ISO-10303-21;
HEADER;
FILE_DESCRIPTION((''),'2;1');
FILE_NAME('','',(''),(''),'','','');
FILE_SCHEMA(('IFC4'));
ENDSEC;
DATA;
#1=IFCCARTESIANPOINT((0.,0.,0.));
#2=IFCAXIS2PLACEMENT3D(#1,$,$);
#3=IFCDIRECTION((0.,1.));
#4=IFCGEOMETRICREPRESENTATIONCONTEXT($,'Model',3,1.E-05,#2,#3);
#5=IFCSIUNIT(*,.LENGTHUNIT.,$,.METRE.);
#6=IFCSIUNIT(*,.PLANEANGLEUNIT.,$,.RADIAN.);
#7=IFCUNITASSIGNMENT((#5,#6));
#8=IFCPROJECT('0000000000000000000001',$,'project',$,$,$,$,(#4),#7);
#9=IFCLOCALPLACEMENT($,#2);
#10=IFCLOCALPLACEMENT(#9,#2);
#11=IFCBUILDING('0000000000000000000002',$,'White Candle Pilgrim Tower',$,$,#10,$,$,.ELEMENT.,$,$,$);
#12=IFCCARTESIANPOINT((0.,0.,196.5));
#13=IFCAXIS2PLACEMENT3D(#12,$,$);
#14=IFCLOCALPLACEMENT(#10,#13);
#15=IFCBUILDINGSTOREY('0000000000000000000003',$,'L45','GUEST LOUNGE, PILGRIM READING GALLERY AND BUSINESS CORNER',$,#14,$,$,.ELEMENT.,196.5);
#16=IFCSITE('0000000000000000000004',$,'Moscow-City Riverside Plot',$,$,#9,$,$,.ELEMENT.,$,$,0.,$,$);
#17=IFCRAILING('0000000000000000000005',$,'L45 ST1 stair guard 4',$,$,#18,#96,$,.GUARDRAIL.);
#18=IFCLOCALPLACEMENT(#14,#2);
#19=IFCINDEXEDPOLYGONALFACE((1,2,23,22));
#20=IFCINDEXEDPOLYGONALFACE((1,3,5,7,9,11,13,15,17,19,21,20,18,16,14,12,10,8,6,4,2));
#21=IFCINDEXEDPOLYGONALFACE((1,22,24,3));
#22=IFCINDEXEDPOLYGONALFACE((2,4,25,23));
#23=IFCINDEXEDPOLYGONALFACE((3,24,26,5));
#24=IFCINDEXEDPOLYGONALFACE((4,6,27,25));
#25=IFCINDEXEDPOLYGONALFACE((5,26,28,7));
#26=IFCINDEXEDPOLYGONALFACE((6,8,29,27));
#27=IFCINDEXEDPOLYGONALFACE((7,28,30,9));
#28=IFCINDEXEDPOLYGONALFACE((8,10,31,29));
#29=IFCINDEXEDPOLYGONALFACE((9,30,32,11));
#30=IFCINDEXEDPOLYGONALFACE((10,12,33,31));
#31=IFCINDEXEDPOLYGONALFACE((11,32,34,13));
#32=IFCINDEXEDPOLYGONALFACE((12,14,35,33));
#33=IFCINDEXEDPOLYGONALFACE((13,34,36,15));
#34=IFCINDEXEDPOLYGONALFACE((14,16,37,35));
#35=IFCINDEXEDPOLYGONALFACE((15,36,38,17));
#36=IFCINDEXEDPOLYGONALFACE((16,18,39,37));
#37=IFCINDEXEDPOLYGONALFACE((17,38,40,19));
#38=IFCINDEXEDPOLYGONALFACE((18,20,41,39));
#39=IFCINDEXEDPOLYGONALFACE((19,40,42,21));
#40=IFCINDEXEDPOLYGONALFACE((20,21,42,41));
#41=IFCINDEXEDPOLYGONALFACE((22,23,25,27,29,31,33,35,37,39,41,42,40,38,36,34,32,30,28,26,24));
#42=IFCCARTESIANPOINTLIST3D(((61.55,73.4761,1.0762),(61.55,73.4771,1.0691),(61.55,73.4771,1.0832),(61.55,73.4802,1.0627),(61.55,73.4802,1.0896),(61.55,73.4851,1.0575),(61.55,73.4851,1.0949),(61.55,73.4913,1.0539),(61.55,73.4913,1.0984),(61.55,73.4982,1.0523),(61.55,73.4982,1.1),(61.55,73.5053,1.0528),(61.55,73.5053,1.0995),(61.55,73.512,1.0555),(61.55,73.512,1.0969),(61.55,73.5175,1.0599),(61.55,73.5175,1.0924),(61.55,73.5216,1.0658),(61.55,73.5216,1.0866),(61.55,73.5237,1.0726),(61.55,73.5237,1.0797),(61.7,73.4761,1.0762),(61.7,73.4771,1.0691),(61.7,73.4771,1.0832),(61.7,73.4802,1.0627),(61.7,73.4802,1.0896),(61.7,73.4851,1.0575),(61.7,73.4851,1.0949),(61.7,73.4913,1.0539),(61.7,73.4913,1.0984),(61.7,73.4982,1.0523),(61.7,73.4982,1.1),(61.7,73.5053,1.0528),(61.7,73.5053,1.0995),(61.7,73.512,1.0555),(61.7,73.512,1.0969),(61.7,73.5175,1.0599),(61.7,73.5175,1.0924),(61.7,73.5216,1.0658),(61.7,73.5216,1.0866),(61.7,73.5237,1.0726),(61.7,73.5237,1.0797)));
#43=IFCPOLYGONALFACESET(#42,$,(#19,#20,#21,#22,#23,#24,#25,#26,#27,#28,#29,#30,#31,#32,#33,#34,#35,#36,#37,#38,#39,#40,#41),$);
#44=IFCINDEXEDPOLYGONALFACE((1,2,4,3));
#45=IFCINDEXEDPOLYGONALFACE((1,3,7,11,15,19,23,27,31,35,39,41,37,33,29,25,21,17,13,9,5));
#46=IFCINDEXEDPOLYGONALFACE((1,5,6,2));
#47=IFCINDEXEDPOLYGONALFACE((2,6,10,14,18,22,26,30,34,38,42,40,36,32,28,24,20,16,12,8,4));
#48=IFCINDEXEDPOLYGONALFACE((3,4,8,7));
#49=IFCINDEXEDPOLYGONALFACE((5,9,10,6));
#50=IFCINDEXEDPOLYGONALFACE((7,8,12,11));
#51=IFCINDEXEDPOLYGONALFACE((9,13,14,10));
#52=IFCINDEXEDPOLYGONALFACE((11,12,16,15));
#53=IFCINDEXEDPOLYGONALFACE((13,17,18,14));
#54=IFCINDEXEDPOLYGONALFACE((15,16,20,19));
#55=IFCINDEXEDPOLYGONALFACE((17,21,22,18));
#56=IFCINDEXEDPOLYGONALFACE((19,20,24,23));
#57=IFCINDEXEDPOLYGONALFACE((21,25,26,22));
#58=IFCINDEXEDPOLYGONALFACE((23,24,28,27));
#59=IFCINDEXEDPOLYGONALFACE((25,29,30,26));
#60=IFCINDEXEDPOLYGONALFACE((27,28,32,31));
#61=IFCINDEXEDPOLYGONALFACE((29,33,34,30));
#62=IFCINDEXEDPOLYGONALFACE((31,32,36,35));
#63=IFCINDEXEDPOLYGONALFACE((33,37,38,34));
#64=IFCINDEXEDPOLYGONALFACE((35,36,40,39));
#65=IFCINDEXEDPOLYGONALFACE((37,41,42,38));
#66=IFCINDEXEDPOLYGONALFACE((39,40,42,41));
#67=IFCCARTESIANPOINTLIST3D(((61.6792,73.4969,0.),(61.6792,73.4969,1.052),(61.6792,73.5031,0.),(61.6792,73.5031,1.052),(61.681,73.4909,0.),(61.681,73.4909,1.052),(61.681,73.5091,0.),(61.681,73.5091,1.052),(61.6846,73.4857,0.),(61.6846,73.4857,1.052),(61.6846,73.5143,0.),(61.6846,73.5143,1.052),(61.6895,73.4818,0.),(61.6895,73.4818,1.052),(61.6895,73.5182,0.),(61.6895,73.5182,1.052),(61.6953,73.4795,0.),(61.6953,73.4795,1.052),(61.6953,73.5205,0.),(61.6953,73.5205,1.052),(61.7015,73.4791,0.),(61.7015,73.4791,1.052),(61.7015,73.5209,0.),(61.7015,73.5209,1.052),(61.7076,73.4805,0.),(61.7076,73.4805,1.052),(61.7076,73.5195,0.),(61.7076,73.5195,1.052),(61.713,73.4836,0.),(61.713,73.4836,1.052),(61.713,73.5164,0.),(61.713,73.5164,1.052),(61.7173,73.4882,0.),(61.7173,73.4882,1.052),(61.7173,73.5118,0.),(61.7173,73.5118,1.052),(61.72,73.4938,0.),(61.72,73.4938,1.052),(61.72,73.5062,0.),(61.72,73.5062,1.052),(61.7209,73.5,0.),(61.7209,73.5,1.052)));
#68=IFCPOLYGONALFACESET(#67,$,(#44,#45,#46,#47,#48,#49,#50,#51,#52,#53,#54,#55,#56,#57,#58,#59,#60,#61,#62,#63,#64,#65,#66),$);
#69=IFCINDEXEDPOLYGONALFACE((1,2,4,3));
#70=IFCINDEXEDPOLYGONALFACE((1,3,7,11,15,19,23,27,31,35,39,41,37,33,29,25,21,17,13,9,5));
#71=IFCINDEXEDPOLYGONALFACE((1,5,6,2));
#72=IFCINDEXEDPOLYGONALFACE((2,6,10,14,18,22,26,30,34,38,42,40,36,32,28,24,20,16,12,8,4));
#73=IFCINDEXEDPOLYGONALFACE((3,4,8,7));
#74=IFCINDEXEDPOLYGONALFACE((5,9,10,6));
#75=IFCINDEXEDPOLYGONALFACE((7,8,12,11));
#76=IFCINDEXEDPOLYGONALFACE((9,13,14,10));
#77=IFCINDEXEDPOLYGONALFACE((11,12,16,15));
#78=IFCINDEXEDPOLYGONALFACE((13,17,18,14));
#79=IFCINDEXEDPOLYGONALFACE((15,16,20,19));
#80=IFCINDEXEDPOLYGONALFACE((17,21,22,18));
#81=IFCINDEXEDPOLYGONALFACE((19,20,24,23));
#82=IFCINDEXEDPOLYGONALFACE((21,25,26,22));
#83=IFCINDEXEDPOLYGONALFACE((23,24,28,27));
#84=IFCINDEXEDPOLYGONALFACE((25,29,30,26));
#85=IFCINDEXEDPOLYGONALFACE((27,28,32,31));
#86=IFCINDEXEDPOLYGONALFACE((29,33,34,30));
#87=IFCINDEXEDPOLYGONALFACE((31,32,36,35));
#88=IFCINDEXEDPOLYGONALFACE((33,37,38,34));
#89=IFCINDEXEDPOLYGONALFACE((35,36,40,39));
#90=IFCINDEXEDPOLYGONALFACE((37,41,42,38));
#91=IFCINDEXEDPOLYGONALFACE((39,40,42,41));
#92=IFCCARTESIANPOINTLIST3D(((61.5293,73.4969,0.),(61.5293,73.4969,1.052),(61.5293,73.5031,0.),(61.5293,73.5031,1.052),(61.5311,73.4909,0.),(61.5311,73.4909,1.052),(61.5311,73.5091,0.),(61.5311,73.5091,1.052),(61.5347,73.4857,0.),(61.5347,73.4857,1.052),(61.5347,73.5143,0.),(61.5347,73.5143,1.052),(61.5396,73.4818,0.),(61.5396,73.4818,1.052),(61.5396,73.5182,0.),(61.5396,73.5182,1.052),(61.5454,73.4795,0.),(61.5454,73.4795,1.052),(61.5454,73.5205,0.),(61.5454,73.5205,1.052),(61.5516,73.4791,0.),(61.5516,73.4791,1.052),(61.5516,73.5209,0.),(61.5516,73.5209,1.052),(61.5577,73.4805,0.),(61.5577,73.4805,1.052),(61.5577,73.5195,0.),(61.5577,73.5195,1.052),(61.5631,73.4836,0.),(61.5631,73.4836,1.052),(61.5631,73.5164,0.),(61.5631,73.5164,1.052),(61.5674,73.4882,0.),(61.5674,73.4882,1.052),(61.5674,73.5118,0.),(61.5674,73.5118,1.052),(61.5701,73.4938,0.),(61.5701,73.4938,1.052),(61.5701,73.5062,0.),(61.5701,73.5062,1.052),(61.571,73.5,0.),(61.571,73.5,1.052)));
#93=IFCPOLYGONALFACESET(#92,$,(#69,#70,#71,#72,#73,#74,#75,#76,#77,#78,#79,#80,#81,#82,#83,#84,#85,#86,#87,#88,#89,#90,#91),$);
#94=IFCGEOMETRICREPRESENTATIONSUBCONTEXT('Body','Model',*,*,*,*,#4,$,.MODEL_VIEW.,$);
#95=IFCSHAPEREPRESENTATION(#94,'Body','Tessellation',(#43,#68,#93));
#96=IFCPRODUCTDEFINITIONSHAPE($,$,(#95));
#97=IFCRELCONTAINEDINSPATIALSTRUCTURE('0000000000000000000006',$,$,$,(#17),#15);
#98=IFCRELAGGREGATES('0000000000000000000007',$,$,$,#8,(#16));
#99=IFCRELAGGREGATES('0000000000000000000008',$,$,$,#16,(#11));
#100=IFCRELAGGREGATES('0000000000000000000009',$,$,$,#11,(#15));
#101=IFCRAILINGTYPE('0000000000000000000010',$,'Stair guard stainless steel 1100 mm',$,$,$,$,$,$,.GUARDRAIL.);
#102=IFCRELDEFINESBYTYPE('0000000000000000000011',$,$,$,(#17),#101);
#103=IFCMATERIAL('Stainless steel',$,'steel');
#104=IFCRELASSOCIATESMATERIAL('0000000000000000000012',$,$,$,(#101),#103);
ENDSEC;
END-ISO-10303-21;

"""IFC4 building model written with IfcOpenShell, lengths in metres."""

from ifc_helpers import new_model, si_unit, direction, frame, origin, origin_2d, place, context, subcontext, project, spatial, circle, extrude, material, type_object, element, save


model = new_model("IFC4")

# Units and contexts
model_context = context("Model", 3, precision=1e-05, world=origin(), true_north=direction((0.0, 1.0)))
body_context = subcontext(model_context, "Body", "Model", "MODEL_VIEW")
ifc_project = project(units=[si_unit("LENGTHUNIT", "METRE"), si_unit("PLANEANGLEUNIT", "RADIAN")], contexts=[model_context])

# Site, building, storey
site_placement = place(None, origin())
site = spatial("IfcSite", under=ifc_project, at=site_placement, Name="Moscow-City Riverside Plot", CompositionType="ELEMENT", RefElevation=0.0)
building_placement = place(site_placement, origin())
building = spatial("IfcBuilding", under=site, at=building_placement, Name="White Candle Pilgrim Tower", CompositionType="ELEMENT")
storey_placement = place(building_placement, frame((0.0, 0.0, 196.5)))
storey = spatial("IfcBuildingStorey", under=building, at=storey_placement, Name="L45", Description="GUEST LOUNGE, PILGRIM READING GALLERY AND BUSINESS CORNER", CompositionType="ELEMENT", Elevation=196.5)

# Shared definitions
ifc_material_1 = material(Name="Stainless steel", Category="steel")

# Railing
railing_type_1 = type_object("IfcRailingType", Name="Stair guard stainless steel 1100 mm", PredefinedType="GUARDRAIL", material=ifc_material_1)
railing_1_placement = place(storey_placement, frame((61.7, 73.5, 0.0)))
element("IfcRailing", 1, at=railing_1_placement, inside=storey, type_object=railing_type_1, Name="L45 ST1 stair guard 4", PredefinedType="GUARDRAIL", context=body_context, shape_type="SweptSolid", body=[
    extrude(circle(Radius=0.0239, at=origin_2d()), frame((0.0, 0.0, 1.0762), z_axis=(-1.0, 0.0, 0.0), x_axis=(0.0, -1.0, 0.0)), (0.0, 0.0, 1.0), 0.1499),
    extrude(circle(Radius=0.021, at=origin_2d()), origin(), (0.0, 0.0, 1.0), 1.052),
    extrude(circle(Radius=0.021, at=origin_2d()), frame((-0.1499, 0.0, 0.0)), (0.0, 0.0, 1.0), 1.052),
])

save(model, "model.ifc")
